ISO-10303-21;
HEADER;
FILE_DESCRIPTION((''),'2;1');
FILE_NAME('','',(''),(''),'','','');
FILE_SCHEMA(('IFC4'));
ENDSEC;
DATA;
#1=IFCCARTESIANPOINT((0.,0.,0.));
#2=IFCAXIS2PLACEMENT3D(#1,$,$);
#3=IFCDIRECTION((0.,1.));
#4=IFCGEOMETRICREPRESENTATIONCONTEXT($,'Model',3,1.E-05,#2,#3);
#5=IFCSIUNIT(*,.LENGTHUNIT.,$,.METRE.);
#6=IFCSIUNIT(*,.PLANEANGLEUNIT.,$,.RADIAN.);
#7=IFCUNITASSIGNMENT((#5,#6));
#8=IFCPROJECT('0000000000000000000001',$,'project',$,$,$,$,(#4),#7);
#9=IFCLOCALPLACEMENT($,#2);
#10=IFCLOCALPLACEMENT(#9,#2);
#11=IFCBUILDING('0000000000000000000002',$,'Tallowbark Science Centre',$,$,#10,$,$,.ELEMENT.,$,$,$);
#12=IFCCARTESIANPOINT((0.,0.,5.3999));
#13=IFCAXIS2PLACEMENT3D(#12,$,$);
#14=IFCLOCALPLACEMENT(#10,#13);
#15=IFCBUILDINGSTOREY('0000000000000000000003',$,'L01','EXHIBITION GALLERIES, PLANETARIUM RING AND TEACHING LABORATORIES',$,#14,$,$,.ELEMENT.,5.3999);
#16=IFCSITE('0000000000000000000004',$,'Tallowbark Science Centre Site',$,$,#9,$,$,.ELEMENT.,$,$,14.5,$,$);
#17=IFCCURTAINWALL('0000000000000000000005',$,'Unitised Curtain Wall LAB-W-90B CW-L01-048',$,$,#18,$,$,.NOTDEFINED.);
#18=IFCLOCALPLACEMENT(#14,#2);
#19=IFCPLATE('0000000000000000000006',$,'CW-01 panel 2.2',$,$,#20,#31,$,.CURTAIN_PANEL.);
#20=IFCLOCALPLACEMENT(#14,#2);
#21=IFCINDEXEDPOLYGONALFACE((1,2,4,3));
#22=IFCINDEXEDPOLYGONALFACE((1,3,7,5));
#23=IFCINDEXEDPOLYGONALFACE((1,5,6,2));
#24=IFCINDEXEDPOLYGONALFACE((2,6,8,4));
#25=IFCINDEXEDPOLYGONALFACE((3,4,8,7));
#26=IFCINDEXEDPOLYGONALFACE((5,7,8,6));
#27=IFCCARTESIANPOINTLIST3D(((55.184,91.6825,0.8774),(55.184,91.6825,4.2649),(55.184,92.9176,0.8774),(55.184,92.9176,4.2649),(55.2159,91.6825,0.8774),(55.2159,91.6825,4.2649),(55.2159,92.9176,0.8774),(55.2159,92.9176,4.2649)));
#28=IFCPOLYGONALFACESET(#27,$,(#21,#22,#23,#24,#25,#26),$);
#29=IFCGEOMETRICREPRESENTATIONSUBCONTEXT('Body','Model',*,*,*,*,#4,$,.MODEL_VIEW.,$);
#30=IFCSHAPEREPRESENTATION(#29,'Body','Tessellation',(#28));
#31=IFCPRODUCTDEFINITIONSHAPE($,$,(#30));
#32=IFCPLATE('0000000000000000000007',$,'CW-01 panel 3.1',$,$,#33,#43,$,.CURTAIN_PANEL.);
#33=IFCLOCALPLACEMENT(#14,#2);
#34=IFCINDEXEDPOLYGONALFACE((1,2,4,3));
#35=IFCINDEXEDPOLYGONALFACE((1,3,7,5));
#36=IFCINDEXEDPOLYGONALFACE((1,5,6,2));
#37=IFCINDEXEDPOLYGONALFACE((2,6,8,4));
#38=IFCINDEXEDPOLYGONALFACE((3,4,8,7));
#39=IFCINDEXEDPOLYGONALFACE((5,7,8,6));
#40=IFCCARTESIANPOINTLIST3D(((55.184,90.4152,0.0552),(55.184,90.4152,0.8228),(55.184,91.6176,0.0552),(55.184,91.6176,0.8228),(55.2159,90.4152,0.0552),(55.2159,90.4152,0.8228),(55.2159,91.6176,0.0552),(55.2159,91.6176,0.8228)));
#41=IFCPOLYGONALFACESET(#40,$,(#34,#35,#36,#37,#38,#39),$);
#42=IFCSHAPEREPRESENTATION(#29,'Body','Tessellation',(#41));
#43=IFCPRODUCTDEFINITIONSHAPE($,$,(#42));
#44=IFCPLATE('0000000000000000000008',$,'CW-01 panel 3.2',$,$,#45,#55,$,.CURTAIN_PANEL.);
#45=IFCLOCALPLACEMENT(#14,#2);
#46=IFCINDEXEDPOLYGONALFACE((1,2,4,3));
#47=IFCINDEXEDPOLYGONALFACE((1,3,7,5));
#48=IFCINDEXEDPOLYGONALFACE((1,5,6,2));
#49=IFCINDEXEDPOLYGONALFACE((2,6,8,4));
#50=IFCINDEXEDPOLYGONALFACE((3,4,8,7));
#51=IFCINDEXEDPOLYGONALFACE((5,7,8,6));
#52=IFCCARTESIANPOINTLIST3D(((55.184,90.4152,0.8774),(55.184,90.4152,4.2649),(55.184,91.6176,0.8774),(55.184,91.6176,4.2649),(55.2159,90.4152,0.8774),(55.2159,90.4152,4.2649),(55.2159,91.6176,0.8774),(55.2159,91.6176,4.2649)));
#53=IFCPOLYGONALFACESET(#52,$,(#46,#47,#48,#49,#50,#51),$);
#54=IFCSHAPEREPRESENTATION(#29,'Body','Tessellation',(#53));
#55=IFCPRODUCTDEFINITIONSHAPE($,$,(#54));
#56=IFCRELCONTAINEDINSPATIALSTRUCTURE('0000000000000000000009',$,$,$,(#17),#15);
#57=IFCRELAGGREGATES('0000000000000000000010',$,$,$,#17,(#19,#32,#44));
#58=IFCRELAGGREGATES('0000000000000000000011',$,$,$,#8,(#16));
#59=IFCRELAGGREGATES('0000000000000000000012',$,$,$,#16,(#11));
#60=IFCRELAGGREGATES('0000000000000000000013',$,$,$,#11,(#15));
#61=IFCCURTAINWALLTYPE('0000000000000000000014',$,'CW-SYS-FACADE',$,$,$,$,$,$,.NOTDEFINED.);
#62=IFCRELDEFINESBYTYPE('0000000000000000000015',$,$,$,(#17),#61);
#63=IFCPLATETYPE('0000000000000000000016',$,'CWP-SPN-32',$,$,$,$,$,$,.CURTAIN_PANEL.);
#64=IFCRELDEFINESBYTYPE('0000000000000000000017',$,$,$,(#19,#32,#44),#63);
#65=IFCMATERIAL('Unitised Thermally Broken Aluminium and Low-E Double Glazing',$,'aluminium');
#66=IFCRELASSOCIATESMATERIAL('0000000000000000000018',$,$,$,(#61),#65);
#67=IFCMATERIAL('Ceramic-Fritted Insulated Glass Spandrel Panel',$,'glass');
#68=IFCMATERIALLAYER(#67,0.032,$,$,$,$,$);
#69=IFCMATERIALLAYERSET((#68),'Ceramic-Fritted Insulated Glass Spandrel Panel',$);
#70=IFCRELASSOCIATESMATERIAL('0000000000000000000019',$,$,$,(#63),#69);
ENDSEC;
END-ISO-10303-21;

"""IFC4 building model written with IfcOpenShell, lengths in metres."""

from ifc_helpers import new_model, si_unit, direction, frame, origin, origin_2d, place, context, subcontext, project, spatial, rectangle, extrude, material, layer, layer_set, type_object, element, aggregate, save


model = new_model("IFC4")

# Units and contexts
model_context = context("Model", 3, precision=1e-05, world=origin(), true_north=direction((0.0, 1.0)))
body_context = subcontext(model_context, "Body", "Model", "MODEL_VIEW")
ifc_project = project(units=[si_unit("LENGTHUNIT", "METRE"), si_unit("PLANEANGLEUNIT", "RADIAN")], contexts=[model_context])

# Site, building, storey
site_placement = place(None, origin())
site = spatial("IfcSite", under=ifc_project, at=site_placement, Name="Tallowbark Science Centre Site", CompositionType="ELEMENT", RefElevation=14.5)
building_placement = place(site_placement, origin())
building = spatial("IfcBuilding", under=site, at=building_placement, Name="Tallowbark Science Centre", CompositionType="ELEMENT")
storey_placement = place(building_placement, frame((0.0, 0.0, 5.3999)))
storey = spatial("IfcBuildingStorey", under=building, at=storey_placement, Name="L01", Description="EXHIBITION GALLERIES, PLANETARIUM RING AND TEACHING LABORATORIES", CompositionType="ELEMENT", Elevation=5.3999)

# Shared definitions
ifc_material_1 = material(Name="Unitised Thermally Broken Aluminium and Low-E Double Glazing", Category="aluminium")
curtain_wall_type = type_object("IfcCurtainWallType", Name="CW-SYS-FACADE", PredefinedType="NOTDEFINED", material=ifc_material_1)

# Curtain wall
curtain_wall_1_placement = place(storey_placement, origin())
curtain_wall_1 = element("IfcCurtainWall", 1, at=curtain_wall_1_placement, inside=storey, type_object=curtain_wall_type, Name="Unitised Curtain Wall LAB-W-90B CW-L01-048", PredefinedType="NOTDEFINED")

# Plates
ifc_material_2 = material(Name="Ceramic-Fritted Insulated Glass Spandrel Panel", Category="glass")
ifc_layer_1 = layer(ifc_material_2, 0.032)
ifc_layer_set_1 = layer_set([ifc_layer_1], Name="Ceramic-Fritted Insulated Glass Spandrel Panel")
plate_type_1 = type_object("IfcPlateType", Name="CWP-SPN-32", PredefinedType="CURTAIN_PANEL", material=ifc_layer_set_1)
plate_1_placement = place(storey_placement, frame((55.2, 92.3, 0.8774), z_axis=(0.0, 0.0, 1.0), x_axis=(0.0, -1.0, 0.0)))
plate_1 = element("IfcPlate", 2, at=plate_1_placement, type_object=plate_type_1, Name="CW-01 panel 2.2", PredefinedType="CURTAIN_PANEL", context=body_context, shape_type="SweptSolid", body=[
    extrude(rectangle(XDim=1.2351, YDim=0.032, at=origin_2d()), origin(), (0.0, 0.0, 1.0), 3.3875),
])
plate_2_placement = place(storey_placement, frame((55.2, 91.0164, 0.0552), z_axis=(0.0, 0.0, 1.0), x_axis=(0.0, -1.0, 0.0)))
plate_2 = element("IfcPlate", 3, at=plate_2_placement, type_object=plate_type_1, Name="CW-01 panel 3.1", PredefinedType="CURTAIN_PANEL", context=body_context, shape_type="SweptSolid", body=[
    extrude(rectangle(XDim=1.2024, YDim=0.032, at=origin_2d()), origin(), (0.0, 0.0, 1.0), 0.7676),
])
plate_3_placement = place(storey_placement, frame((55.2, 91.0164, 0.8774), z_axis=(0.0, 0.0, 1.0), x_axis=(0.0, -1.0, 0.0)))
plate_3 = element("IfcPlate", 4, at=plate_3_placement, type_object=plate_type_1, Name="CW-01 panel 3.2", PredefinedType="CURTAIN_PANEL", context=body_context, shape_type="SweptSolid", body=[
    extrude(rectangle(XDim=1.2024, YDim=0.032, at=origin_2d()), origin(), (0.0, 0.0, 1.0), 3.3875),
])
aggregate(curtain_wall_1, [plate_1, plate_2, plate_3])

save(model, "model.ifc")
